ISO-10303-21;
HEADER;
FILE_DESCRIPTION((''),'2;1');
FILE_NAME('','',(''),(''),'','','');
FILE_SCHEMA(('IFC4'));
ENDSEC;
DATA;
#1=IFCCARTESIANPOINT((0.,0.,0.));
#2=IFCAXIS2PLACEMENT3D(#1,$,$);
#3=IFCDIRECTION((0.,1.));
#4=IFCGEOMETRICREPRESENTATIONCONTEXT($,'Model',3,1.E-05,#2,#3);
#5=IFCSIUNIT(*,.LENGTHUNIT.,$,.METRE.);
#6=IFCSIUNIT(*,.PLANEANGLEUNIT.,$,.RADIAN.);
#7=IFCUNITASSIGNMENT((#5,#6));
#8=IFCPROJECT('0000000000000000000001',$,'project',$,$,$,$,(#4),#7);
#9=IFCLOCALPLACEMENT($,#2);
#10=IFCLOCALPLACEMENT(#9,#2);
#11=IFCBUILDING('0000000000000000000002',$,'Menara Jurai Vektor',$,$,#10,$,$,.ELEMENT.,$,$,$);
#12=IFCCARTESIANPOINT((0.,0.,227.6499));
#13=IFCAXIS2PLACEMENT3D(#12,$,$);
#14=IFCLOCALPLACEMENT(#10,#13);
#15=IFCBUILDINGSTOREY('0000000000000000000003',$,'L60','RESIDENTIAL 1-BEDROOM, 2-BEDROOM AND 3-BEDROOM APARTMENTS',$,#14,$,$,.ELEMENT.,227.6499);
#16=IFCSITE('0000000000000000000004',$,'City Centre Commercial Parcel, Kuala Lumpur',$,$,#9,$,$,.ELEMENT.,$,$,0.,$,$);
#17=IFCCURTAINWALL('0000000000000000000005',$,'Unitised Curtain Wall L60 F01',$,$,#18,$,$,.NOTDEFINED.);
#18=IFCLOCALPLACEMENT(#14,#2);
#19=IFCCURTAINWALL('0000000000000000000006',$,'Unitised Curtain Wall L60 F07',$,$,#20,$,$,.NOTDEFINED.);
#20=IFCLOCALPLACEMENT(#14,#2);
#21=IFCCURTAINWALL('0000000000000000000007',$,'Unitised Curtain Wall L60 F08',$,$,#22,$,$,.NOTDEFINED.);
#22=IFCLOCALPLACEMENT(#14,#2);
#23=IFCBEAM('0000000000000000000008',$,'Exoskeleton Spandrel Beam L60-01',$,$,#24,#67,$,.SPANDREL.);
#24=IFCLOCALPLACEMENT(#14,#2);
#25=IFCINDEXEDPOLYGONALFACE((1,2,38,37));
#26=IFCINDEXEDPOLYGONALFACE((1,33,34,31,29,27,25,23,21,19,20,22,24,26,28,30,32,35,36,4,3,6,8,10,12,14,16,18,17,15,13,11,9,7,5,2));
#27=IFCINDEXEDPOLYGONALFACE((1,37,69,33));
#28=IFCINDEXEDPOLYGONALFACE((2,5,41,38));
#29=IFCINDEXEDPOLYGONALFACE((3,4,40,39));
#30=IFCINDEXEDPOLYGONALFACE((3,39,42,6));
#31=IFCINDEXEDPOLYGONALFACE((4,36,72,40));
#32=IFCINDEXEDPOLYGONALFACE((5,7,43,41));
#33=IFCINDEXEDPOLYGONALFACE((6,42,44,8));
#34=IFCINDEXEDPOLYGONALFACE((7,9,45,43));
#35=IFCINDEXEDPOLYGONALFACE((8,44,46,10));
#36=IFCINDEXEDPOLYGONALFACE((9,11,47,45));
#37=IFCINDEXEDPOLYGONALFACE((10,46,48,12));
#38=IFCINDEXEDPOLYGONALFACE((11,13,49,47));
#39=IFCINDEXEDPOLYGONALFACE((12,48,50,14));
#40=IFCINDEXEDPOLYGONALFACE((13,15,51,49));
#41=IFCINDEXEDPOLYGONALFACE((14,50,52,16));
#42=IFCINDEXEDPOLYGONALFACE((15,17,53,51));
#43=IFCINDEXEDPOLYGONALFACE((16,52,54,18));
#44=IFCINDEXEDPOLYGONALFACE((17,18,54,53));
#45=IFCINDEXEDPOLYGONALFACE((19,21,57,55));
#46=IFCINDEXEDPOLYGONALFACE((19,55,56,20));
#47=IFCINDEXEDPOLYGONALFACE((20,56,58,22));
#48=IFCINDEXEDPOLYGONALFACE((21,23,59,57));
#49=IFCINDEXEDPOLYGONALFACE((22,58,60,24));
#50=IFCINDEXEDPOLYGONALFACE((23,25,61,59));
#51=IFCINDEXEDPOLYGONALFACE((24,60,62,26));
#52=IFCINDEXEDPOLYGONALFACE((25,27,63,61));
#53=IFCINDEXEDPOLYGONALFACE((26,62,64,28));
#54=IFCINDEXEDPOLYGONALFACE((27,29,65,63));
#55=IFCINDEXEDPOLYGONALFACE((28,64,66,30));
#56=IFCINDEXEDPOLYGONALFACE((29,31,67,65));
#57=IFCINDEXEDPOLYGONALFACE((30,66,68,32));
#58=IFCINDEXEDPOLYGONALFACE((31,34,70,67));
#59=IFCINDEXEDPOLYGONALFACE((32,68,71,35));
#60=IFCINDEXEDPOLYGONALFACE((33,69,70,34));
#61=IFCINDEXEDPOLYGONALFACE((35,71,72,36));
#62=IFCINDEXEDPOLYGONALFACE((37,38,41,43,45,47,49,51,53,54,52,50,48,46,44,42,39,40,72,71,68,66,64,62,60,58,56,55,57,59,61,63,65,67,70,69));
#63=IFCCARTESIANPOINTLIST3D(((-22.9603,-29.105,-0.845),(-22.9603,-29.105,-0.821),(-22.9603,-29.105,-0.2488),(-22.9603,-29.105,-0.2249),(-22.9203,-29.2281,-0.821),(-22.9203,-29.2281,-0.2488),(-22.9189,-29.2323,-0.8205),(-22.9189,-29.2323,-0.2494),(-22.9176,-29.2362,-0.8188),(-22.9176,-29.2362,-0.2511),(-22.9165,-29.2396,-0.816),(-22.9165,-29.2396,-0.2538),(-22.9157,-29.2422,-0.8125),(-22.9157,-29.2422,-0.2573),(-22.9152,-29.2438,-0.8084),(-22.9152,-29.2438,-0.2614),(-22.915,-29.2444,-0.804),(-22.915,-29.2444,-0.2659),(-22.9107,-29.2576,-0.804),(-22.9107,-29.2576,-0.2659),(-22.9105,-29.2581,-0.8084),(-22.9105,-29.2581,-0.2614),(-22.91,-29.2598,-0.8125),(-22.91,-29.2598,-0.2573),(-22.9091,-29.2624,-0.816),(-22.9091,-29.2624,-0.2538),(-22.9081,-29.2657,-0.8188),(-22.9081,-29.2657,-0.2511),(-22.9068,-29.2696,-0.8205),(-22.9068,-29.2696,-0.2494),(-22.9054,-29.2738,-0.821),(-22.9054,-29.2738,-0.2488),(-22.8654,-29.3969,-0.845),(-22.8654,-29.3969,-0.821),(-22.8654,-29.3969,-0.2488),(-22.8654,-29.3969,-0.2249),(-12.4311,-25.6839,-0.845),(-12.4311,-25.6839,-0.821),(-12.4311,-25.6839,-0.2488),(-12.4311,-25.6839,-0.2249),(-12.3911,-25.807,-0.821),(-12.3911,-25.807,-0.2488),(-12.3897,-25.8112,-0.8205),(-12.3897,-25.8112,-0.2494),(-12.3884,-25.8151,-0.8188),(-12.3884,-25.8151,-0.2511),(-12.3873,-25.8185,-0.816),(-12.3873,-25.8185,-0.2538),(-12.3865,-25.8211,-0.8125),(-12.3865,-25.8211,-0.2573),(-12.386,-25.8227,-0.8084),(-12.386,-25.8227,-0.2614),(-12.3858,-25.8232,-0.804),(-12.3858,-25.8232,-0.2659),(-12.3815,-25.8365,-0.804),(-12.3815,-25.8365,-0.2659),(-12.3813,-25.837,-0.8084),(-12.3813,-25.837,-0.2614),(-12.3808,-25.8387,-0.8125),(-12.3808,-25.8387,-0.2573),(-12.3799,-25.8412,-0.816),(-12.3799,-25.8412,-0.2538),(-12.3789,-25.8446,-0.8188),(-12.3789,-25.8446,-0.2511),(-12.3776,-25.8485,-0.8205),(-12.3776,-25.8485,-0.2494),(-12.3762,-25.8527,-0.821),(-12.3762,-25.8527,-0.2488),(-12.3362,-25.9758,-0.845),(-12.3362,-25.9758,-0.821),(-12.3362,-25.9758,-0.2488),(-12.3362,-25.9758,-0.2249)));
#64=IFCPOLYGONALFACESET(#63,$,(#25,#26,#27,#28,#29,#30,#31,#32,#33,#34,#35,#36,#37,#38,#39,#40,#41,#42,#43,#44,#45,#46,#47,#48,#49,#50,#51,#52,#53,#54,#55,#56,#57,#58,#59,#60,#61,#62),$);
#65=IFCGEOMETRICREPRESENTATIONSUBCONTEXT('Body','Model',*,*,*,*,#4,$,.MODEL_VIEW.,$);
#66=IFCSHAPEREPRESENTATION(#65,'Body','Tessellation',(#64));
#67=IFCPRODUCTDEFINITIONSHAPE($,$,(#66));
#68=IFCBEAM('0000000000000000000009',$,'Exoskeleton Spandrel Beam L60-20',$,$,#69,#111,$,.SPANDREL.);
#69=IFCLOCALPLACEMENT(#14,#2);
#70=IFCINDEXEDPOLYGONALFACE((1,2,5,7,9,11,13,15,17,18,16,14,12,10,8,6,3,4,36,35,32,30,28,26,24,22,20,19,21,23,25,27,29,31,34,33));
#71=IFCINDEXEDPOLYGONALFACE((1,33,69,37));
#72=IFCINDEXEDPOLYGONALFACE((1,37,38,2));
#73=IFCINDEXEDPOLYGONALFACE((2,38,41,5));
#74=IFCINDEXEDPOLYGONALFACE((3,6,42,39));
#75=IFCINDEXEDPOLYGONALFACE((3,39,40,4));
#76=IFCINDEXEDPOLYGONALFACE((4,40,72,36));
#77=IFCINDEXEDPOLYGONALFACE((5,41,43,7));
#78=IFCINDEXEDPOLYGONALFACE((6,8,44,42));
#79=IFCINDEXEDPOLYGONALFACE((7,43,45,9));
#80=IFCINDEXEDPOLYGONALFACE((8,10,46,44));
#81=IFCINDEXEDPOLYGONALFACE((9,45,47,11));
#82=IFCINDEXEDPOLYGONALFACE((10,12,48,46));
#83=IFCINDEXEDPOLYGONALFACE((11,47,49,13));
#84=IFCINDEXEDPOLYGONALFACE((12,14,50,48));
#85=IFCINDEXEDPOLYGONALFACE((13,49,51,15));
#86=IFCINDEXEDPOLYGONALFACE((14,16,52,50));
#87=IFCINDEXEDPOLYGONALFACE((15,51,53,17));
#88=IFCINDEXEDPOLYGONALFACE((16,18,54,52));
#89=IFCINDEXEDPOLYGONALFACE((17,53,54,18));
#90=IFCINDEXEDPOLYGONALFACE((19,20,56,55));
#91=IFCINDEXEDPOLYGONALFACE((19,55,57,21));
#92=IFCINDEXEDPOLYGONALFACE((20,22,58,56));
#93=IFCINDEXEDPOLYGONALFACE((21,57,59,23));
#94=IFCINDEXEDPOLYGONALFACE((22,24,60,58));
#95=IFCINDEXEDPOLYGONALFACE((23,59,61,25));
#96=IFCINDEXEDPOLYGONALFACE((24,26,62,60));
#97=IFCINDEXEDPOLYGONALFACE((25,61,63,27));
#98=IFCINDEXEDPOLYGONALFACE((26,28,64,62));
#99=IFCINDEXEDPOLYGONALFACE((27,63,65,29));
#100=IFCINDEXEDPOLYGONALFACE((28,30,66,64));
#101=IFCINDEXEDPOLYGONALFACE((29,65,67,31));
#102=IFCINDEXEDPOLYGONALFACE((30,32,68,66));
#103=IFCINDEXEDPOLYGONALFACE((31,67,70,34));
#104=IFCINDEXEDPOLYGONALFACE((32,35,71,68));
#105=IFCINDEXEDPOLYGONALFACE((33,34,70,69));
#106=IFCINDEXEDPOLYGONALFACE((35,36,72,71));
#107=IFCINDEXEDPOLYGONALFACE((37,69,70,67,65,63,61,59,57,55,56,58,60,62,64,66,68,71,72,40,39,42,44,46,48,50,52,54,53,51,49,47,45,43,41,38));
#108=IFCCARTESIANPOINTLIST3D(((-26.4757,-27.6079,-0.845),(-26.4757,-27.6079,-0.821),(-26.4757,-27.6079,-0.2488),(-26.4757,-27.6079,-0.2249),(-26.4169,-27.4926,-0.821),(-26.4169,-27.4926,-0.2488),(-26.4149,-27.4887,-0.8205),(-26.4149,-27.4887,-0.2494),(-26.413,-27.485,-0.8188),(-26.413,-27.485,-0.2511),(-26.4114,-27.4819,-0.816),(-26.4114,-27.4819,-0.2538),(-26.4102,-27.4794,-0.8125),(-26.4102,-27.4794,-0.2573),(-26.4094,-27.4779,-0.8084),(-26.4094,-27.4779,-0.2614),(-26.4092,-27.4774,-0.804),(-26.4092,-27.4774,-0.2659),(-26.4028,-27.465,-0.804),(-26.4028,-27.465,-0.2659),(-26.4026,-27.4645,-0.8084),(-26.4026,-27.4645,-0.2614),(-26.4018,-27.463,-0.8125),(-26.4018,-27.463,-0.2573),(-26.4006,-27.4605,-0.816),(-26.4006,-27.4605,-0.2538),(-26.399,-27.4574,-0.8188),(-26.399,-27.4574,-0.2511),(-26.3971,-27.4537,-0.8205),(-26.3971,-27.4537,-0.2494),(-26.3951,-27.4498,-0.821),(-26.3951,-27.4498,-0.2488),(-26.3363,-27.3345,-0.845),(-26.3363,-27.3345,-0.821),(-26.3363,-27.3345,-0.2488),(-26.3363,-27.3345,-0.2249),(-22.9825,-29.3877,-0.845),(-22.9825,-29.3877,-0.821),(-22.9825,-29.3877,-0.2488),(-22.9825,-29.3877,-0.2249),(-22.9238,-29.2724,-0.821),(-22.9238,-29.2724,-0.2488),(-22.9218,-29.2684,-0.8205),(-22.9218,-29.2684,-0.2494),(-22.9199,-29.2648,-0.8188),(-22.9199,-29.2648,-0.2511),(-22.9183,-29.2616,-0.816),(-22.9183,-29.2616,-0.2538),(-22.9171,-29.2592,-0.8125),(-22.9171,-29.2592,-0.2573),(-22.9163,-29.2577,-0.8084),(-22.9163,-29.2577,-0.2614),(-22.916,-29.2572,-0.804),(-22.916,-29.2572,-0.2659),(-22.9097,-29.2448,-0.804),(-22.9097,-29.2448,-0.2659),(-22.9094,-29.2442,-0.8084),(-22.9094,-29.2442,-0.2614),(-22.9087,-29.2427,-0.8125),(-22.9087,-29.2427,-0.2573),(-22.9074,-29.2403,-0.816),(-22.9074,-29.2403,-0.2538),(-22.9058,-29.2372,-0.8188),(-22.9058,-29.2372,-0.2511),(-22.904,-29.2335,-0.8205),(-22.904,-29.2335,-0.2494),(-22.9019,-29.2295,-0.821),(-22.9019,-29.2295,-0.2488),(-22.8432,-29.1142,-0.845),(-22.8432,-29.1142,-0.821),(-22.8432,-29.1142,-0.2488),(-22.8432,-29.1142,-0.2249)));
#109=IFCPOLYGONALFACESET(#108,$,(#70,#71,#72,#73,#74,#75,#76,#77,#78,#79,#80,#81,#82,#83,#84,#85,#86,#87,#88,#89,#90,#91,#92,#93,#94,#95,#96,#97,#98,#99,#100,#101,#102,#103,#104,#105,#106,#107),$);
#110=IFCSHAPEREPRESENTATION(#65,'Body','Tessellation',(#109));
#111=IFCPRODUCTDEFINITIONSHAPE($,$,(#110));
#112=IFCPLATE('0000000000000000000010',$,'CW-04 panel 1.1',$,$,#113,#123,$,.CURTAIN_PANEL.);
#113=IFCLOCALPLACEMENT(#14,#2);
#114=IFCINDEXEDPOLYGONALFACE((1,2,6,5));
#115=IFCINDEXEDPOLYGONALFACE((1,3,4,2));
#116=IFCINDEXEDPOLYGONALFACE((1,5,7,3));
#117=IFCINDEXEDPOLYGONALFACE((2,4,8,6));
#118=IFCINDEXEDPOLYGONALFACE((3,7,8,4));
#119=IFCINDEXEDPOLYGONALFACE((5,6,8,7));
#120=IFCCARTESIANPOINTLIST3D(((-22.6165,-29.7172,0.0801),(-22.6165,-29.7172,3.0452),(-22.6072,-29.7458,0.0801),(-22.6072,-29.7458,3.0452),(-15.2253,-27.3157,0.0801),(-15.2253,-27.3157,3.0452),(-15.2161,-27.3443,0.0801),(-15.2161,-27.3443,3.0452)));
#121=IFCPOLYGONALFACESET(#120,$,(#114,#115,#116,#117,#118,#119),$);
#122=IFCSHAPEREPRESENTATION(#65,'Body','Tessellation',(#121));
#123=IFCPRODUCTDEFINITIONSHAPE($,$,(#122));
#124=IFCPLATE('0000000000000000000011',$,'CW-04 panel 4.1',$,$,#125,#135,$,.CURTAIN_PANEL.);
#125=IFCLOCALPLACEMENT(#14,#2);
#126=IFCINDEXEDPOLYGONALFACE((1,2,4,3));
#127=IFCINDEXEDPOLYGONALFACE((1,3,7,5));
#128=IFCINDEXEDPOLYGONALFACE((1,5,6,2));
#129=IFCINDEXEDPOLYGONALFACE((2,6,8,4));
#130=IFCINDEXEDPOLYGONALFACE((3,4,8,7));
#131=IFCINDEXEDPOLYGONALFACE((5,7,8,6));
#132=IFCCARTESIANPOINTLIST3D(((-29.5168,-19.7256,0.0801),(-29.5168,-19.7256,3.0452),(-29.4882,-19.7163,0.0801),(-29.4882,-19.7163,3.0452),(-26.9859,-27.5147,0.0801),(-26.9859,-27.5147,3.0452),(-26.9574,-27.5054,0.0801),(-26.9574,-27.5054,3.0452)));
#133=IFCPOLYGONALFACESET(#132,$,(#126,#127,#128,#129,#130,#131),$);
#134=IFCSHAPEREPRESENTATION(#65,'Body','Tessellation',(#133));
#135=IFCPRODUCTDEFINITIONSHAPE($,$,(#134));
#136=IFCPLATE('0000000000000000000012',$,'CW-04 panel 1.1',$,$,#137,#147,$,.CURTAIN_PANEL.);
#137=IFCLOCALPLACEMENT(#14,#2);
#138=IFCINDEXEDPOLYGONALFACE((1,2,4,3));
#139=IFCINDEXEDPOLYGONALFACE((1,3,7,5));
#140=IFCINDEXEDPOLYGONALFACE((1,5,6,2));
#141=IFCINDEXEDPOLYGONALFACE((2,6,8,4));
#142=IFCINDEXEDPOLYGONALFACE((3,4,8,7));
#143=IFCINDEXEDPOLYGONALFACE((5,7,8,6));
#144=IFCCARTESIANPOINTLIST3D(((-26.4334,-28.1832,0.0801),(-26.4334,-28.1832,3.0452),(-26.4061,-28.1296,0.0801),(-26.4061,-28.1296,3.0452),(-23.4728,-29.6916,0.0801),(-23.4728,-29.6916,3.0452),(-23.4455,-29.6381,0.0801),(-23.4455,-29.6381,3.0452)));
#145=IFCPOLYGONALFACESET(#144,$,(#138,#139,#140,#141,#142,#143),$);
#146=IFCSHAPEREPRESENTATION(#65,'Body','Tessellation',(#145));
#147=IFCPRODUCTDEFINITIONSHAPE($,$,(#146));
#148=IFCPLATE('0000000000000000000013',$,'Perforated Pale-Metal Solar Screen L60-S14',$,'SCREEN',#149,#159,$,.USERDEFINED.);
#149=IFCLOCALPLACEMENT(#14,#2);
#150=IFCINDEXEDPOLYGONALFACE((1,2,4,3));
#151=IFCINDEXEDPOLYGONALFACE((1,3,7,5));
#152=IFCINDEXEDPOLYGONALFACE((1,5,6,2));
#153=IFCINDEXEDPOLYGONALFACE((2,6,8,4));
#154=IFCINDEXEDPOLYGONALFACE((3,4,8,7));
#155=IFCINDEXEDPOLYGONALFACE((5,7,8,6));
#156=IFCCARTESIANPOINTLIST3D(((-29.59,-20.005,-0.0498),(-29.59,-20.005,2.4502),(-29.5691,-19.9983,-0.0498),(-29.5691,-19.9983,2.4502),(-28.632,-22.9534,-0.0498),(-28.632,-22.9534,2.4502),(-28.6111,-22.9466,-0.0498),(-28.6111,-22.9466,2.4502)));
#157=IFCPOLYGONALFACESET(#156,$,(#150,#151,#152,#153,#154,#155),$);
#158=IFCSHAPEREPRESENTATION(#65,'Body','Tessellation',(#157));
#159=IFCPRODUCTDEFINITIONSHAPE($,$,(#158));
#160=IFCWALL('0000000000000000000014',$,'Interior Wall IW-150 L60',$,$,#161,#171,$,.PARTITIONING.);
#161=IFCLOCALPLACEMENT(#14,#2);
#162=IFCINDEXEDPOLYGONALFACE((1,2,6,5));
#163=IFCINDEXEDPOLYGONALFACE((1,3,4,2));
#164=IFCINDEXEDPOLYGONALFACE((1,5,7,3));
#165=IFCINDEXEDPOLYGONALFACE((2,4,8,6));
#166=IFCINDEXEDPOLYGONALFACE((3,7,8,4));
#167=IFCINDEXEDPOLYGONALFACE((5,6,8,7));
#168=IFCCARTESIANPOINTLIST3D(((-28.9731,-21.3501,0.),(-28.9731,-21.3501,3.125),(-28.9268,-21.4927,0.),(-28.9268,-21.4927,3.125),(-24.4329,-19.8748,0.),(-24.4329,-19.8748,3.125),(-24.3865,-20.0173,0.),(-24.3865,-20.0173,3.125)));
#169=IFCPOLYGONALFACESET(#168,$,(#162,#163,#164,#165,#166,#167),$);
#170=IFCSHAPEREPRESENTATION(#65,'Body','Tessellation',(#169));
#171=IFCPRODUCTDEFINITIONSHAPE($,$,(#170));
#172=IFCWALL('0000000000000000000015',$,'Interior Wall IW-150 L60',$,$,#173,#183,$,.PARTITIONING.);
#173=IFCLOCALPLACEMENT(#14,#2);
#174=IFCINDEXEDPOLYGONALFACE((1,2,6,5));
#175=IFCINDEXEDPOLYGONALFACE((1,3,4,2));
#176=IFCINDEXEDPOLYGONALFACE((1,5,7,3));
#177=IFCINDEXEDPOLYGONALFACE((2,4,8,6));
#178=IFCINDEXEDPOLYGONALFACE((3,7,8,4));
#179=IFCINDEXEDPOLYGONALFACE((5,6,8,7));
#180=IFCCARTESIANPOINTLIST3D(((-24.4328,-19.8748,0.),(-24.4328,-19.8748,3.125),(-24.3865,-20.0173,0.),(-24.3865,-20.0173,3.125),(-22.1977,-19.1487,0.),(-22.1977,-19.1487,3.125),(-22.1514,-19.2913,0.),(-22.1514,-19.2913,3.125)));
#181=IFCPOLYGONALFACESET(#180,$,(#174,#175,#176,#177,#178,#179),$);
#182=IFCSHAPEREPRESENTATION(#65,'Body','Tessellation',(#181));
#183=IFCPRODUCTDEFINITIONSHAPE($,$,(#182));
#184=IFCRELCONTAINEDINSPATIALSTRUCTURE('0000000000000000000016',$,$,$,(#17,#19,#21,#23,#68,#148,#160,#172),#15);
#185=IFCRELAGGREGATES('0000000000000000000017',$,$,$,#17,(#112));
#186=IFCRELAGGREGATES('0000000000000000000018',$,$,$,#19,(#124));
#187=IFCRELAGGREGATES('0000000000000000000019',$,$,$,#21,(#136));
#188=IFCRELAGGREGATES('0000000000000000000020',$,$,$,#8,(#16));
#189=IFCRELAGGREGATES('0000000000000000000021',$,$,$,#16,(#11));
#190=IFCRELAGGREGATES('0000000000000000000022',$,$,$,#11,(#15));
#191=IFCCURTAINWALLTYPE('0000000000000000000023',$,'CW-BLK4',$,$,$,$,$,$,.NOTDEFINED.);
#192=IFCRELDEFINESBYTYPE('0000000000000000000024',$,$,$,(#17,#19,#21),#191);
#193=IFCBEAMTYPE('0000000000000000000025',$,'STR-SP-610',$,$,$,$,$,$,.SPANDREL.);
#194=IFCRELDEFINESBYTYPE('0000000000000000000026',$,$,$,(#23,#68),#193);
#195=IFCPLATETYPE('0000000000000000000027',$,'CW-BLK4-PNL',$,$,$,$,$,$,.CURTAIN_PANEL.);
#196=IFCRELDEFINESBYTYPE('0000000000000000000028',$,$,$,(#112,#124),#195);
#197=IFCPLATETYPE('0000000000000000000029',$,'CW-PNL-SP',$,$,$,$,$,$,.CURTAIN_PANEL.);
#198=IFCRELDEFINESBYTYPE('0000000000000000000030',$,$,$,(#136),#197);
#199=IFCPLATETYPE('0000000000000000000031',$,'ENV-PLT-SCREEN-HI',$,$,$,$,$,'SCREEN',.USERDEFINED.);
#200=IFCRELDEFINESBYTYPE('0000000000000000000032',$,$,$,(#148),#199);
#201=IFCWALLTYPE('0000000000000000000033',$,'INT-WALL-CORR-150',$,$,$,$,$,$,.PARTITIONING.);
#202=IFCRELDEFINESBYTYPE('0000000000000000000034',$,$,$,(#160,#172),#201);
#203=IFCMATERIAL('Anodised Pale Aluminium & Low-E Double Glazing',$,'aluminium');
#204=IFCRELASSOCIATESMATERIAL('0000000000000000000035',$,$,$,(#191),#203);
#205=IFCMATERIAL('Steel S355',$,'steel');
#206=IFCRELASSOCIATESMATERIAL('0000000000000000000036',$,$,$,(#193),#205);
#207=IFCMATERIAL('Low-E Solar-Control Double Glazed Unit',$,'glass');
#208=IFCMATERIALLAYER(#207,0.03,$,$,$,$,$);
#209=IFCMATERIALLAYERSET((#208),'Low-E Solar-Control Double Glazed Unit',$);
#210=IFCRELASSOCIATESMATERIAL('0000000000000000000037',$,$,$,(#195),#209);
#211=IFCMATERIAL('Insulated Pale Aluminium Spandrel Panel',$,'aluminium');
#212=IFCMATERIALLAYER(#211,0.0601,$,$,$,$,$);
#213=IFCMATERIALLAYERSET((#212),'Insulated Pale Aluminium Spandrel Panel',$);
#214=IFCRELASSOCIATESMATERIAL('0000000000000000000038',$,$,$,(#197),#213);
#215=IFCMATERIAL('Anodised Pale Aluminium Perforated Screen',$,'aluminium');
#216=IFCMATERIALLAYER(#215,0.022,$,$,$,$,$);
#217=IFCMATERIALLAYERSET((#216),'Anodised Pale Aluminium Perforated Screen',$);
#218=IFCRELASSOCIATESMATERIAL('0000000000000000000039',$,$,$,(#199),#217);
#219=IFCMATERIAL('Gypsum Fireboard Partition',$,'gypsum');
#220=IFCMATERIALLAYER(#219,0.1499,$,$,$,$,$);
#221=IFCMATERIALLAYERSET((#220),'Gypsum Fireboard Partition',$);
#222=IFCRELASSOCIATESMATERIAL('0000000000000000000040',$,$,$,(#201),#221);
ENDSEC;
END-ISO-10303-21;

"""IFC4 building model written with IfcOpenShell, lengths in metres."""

from ifc_helpers import new_model, si_unit, direction, frame, frame_2d, origin, origin_2d, place, context, subcontext, project, spatial, rectangle, i_section, extrude, material, layer, layer_set, material_profile, profile_set, type_object, element, aggregate, save


model = new_model("IFC4")

# Units and contexts
model_context = context("Model", 3, precision=1e-05, world=origin(), true_north=direction((0.0, 1.0)))
body_context = subcontext(model_context, "Body", "Model", "MODEL_VIEW")
ifc_project = project(units=[si_unit("LENGTHUNIT", "METRE"), si_unit("PLANEANGLEUNIT", "RADIAN")], contexts=[model_context])

# Site, building, storey
site_placement = place(None, origin())
site = spatial("IfcSite", under=ifc_project, at=site_placement, Name="City Centre Commercial Parcel, Kuala Lumpur", CompositionType="ELEMENT", RefElevation=0.0)
building_placement = place(site_placement, origin())
building = spatial("IfcBuilding", under=site, at=building_placement, Name="Menara Jurai Vektor", CompositionType="ELEMENT")
storey_placement = place(building_placement, frame((0.0, 0.0, 227.6499)))
storey = spatial("IfcBuildingStorey", under=building, at=storey_placement, Name="L60", Description="RESIDENTIAL 1-BEDROOM, 2-BEDROOM AND 3-BEDROOM APARTMENTS", CompositionType="ELEMENT", Elevation=227.6499)

# Curtain walls
ifc_material_1 = material(Name="Anodised Pale Aluminium & Low-E Double Glazing", Category="aluminium")
curtain_wall_type = type_object("IfcCurtainWallType", Name="CW-BLK4", PredefinedType="NOTDEFINED", material=ifc_material_1)
curtain_wall_1_placement = place(storey_placement, origin())
curtain_wall_1 = element("IfcCurtainWall", 1, at=curtain_wall_1_placement, inside=storey, type_object=curtain_wall_type, Name="Unitised Curtain Wall L60 F01", PredefinedType="NOTDEFINED")
curtain_wall_2_placement = place(storey_placement, origin())
curtain_wall_2 = element("IfcCurtainWall", 2, at=curtain_wall_2_placement, inside=storey, type_object=curtain_wall_type, Name="Unitised Curtain Wall L60 F07", PredefinedType="NOTDEFINED")

# Curtain wall
curtain_wall_3_placement = place(storey_placement, origin())
curtain_wall_3 = element("IfcCurtainWall", 3, at=curtain_wall_3_placement, inside=storey, type_object=curtain_wall_type, Name="Unitised Curtain Wall L60 F08", PredefinedType="NOTDEFINED")

# Shared definitions
ifc_material_2 = material(Name="Steel S355", Category="steel")

# Beams
ifc_material_profile_1 = material_profile(ifc_material_2, i_section(OverallWidth=0.3069, OverallDepth=0.6201, WebThickness=0.0139, FlangeThickness=0.0239, FilletRadius=0.0171, at=origin_2d()), Name="UKB 610x305x179")
ifc_profile_set_1 = profile_set([ifc_material_profile_1], Name="Steel S355")
beam_type_1 = type_object("IfcBeamType", Name="STR-SP-610", PredefinedType="SPANDREL", material=ifc_profile_set_1)
beam_1_placement = place(storey_placement, frame((-22.9128, -29.251, -0.5349), z_axis=(0.951057, 0.309014, 0.0), x_axis=(-0.309014, 0.951057, 0.0)))
element("IfcBeam", 4, at=beam_1_placement, inside=storey, type_object=beam_type_1, Name="Exoskeleton Spandrel Beam L60-01", PredefinedType="SPANDREL", context=body_context, shape_type="SweptSolid", body=[
    extrude(i_section(OverallWidth=0.3069, OverallDepth=0.6201, WebThickness=0.0139, FlangeThickness=0.0239, FilletRadius=0.0171, at=origin_2d()), origin(), (0.0, 0.0, 1.0), 11.071),
])
beam_2_placement = place(storey_placement, frame((-26.406, -27.4712, -0.5349), z_axis=(0.891014, -0.453976, 0.0), x_axis=(0.453976, 0.891014, 0.0)))
element("IfcBeam", 5, at=beam_2_placement, inside=storey, type_object=beam_type_1, Name="Exoskeleton Spandrel Beam L60-20", PredefinedType="SPANDREL", context=body_context, shape_type="SweptSolid", body=[
    extrude(i_section(OverallWidth=0.3069, OverallDepth=0.6201, WebThickness=0.0139, FlangeThickness=0.0239, FilletRadius=0.0171, at=origin_2d()), origin(), (0.0, 0.0, 1.0), 3.9204),
])

# Plates
ifc_material_3 = material(Name="Low-E Solar-Control Double Glazed Unit", Category="glass")
ifc_layer_1 = layer(ifc_material_3, 0.03)
ifc_layer_set_1 = layer_set([ifc_layer_1], Name="Low-E Solar-Control Double Glazed Unit")
plate_type_1 = type_object("IfcPlateType", Name="CW-BLK4-PNL", PredefinedType="CURTAIN_PANEL", material=ifc_layer_set_1)
plate_1_placement = place(storey_placement, frame((-18.9163, -28.5308, 0.0801), z_axis=(0.0, 0.0, 1.0), x_axis=(0.951056, 0.309017, 0.0)))
plate_1 = element("IfcPlate", 6, at=plate_1_placement, type_object=plate_type_1, Name="CW-04 panel 1.1", PredefinedType="CURTAIN_PANEL", context=body_context, shape_type="SweptSolid", body=[
    extrude(rectangle(XDim=7.7715, YDim=0.03, at=origin_2d()), origin(), (0.0, 0.0, 1.0), 2.9651),
])
aggregate(curtain_wall_1, [plate_1])
plate_2_placement = place(storey_placement, frame((-28.2371, -23.6155, 0.0801), z_axis=(0.0, 0.0, 1.0), x_axis=(0.309016, -0.951057, 0.0)))
plate_2 = element("IfcPlate", 7, at=plate_2_placement, type_object=plate_type_1, Name="CW-04 panel 4.1", PredefinedType="CURTAIN_PANEL", context=body_context, shape_type="SweptSolid", body=[
    extrude(rectangle(XDim=8.1899, YDim=0.03, at=origin_2d()), origin(), (0.0, 0.0, 1.0), 2.9651),
])
aggregate(curtain_wall_2, [plate_2])
ifc_material_4 = material(Name="Insulated Pale Aluminium Spandrel Panel", Category="aluminium")
ifc_layer_2 = layer(ifc_material_4, 0.0601)
ifc_layer_set_2 = layer_set([ifc_layer_2], Name="Insulated Pale Aluminium Spandrel Panel")
plate_type_2 = type_object("IfcPlateType", Name="CW-PNL-SP", PredefinedType="CURTAIN_PANEL", material=ifc_layer_set_2)
plate_3_placement = place(storey_placement, frame((-24.9395, -28.9106, 0.0801), z_axis=(0.0, 0.0, 1.0), x_axis=(0.891008, -0.453989, 0.0)))
plate_3 = element("IfcPlate", 8, at=plate_3_placement, type_object=plate_type_2, Name="CW-04 panel 1.1", PredefinedType="CURTAIN_PANEL", context=body_context, shape_type="SweptSolid", body=[
    extrude(rectangle(XDim=3.3228, YDim=0.0601, at=origin_2d()), origin(), (0.0, 0.0, 1.0), 2.9651),
])
aggregate(curtain_wall_3, [plate_3])
ifc_material_5 = material(Name="Anodised Pale Aluminium Perforated Screen", Category="aluminium")
ifc_layer_3 = layer(ifc_material_5, 0.022)
ifc_layer_set_3 = layer_set([ifc_layer_3], Name="Anodised Pale Aluminium Perforated Screen")
plate_type_3 = type_object("IfcPlateType", Name="ENV-PLT-SCREEN-HI", ElementType="SCREEN", PredefinedType="USERDEFINED", material=ifc_layer_set_3)
plate_4_placement = place(storey_placement, frame((-29.1006, -21.4758, -0.0498), z_axis=(0.0, 0.0, 1.0), x_axis=(0.309017, -0.951057, 0.0)))
element("IfcPlate", 9, at=plate_4_placement, inside=storey, type_object=plate_type_3, Name="Perforated Pale-Metal Solar Screen L60-S14", ObjectType="SCREEN", PredefinedType="USERDEFINED", context=body_context, shape_type="SweptSolid", body=[
    extrude(rectangle(XDim=3.1001, YDim=0.022, at=origin_2d()), origin(), (0.0, 0.0, 1.0), 2.5),
])

# Walls
ifc_material_6 = material(Name="Gypsum Fireboard Partition", Category="gypsum")
ifc_layer_4 = layer(ifc_material_6, 0.1499)
ifc_layer_set_4 = layer_set([ifc_layer_4], Name="Gypsum Fireboard Partition")
wall_type_1 = type_object("IfcWallType", Name="INT-WALL-CORR-150", PredefinedType="PARTITIONING", material=ifc_layer_set_4)
wall_1_placement = place(storey_placement, frame((-28.95, -21.4214, 0.0), z_axis=(0.0, 0.0, 1.0), x_axis=(0.951049, 0.309039, 0.0)))
element("IfcWall", 10, at=wall_1_placement, inside=storey, type_object=wall_type_1, Name="Interior Wall IW-150 L60", PredefinedType="PARTITIONING", context=body_context, shape_type="SweptSolid", body=[
    extrude(rectangle(XDim=4.7739, YDim=0.1499, at=frame_2d((2.387, 0.0))), origin(), (0.0, 0.0, 1.0), 3.125),
])
wall_2_placement = place(storey_placement, frame((-24.4097, -19.946, 0.0), z_axis=(0.0, 0.0, 1.0), x_axis=(0.951076, 0.308957, 0.0)))
element("IfcWall", 11, at=wall_2_placement, inside=storey, type_object=wall_type_1, Name="Interior Wall IW-150 L60", PredefinedType="PARTITIONING", context=body_context, shape_type="SweptSolid", body=[
    extrude(rectangle(XDim=2.3501, YDim=0.1499, at=frame_2d((1.175, 0.0))), origin(), (0.0, 0.0, 1.0), 3.125),
])

save(model, "model.ifc")
